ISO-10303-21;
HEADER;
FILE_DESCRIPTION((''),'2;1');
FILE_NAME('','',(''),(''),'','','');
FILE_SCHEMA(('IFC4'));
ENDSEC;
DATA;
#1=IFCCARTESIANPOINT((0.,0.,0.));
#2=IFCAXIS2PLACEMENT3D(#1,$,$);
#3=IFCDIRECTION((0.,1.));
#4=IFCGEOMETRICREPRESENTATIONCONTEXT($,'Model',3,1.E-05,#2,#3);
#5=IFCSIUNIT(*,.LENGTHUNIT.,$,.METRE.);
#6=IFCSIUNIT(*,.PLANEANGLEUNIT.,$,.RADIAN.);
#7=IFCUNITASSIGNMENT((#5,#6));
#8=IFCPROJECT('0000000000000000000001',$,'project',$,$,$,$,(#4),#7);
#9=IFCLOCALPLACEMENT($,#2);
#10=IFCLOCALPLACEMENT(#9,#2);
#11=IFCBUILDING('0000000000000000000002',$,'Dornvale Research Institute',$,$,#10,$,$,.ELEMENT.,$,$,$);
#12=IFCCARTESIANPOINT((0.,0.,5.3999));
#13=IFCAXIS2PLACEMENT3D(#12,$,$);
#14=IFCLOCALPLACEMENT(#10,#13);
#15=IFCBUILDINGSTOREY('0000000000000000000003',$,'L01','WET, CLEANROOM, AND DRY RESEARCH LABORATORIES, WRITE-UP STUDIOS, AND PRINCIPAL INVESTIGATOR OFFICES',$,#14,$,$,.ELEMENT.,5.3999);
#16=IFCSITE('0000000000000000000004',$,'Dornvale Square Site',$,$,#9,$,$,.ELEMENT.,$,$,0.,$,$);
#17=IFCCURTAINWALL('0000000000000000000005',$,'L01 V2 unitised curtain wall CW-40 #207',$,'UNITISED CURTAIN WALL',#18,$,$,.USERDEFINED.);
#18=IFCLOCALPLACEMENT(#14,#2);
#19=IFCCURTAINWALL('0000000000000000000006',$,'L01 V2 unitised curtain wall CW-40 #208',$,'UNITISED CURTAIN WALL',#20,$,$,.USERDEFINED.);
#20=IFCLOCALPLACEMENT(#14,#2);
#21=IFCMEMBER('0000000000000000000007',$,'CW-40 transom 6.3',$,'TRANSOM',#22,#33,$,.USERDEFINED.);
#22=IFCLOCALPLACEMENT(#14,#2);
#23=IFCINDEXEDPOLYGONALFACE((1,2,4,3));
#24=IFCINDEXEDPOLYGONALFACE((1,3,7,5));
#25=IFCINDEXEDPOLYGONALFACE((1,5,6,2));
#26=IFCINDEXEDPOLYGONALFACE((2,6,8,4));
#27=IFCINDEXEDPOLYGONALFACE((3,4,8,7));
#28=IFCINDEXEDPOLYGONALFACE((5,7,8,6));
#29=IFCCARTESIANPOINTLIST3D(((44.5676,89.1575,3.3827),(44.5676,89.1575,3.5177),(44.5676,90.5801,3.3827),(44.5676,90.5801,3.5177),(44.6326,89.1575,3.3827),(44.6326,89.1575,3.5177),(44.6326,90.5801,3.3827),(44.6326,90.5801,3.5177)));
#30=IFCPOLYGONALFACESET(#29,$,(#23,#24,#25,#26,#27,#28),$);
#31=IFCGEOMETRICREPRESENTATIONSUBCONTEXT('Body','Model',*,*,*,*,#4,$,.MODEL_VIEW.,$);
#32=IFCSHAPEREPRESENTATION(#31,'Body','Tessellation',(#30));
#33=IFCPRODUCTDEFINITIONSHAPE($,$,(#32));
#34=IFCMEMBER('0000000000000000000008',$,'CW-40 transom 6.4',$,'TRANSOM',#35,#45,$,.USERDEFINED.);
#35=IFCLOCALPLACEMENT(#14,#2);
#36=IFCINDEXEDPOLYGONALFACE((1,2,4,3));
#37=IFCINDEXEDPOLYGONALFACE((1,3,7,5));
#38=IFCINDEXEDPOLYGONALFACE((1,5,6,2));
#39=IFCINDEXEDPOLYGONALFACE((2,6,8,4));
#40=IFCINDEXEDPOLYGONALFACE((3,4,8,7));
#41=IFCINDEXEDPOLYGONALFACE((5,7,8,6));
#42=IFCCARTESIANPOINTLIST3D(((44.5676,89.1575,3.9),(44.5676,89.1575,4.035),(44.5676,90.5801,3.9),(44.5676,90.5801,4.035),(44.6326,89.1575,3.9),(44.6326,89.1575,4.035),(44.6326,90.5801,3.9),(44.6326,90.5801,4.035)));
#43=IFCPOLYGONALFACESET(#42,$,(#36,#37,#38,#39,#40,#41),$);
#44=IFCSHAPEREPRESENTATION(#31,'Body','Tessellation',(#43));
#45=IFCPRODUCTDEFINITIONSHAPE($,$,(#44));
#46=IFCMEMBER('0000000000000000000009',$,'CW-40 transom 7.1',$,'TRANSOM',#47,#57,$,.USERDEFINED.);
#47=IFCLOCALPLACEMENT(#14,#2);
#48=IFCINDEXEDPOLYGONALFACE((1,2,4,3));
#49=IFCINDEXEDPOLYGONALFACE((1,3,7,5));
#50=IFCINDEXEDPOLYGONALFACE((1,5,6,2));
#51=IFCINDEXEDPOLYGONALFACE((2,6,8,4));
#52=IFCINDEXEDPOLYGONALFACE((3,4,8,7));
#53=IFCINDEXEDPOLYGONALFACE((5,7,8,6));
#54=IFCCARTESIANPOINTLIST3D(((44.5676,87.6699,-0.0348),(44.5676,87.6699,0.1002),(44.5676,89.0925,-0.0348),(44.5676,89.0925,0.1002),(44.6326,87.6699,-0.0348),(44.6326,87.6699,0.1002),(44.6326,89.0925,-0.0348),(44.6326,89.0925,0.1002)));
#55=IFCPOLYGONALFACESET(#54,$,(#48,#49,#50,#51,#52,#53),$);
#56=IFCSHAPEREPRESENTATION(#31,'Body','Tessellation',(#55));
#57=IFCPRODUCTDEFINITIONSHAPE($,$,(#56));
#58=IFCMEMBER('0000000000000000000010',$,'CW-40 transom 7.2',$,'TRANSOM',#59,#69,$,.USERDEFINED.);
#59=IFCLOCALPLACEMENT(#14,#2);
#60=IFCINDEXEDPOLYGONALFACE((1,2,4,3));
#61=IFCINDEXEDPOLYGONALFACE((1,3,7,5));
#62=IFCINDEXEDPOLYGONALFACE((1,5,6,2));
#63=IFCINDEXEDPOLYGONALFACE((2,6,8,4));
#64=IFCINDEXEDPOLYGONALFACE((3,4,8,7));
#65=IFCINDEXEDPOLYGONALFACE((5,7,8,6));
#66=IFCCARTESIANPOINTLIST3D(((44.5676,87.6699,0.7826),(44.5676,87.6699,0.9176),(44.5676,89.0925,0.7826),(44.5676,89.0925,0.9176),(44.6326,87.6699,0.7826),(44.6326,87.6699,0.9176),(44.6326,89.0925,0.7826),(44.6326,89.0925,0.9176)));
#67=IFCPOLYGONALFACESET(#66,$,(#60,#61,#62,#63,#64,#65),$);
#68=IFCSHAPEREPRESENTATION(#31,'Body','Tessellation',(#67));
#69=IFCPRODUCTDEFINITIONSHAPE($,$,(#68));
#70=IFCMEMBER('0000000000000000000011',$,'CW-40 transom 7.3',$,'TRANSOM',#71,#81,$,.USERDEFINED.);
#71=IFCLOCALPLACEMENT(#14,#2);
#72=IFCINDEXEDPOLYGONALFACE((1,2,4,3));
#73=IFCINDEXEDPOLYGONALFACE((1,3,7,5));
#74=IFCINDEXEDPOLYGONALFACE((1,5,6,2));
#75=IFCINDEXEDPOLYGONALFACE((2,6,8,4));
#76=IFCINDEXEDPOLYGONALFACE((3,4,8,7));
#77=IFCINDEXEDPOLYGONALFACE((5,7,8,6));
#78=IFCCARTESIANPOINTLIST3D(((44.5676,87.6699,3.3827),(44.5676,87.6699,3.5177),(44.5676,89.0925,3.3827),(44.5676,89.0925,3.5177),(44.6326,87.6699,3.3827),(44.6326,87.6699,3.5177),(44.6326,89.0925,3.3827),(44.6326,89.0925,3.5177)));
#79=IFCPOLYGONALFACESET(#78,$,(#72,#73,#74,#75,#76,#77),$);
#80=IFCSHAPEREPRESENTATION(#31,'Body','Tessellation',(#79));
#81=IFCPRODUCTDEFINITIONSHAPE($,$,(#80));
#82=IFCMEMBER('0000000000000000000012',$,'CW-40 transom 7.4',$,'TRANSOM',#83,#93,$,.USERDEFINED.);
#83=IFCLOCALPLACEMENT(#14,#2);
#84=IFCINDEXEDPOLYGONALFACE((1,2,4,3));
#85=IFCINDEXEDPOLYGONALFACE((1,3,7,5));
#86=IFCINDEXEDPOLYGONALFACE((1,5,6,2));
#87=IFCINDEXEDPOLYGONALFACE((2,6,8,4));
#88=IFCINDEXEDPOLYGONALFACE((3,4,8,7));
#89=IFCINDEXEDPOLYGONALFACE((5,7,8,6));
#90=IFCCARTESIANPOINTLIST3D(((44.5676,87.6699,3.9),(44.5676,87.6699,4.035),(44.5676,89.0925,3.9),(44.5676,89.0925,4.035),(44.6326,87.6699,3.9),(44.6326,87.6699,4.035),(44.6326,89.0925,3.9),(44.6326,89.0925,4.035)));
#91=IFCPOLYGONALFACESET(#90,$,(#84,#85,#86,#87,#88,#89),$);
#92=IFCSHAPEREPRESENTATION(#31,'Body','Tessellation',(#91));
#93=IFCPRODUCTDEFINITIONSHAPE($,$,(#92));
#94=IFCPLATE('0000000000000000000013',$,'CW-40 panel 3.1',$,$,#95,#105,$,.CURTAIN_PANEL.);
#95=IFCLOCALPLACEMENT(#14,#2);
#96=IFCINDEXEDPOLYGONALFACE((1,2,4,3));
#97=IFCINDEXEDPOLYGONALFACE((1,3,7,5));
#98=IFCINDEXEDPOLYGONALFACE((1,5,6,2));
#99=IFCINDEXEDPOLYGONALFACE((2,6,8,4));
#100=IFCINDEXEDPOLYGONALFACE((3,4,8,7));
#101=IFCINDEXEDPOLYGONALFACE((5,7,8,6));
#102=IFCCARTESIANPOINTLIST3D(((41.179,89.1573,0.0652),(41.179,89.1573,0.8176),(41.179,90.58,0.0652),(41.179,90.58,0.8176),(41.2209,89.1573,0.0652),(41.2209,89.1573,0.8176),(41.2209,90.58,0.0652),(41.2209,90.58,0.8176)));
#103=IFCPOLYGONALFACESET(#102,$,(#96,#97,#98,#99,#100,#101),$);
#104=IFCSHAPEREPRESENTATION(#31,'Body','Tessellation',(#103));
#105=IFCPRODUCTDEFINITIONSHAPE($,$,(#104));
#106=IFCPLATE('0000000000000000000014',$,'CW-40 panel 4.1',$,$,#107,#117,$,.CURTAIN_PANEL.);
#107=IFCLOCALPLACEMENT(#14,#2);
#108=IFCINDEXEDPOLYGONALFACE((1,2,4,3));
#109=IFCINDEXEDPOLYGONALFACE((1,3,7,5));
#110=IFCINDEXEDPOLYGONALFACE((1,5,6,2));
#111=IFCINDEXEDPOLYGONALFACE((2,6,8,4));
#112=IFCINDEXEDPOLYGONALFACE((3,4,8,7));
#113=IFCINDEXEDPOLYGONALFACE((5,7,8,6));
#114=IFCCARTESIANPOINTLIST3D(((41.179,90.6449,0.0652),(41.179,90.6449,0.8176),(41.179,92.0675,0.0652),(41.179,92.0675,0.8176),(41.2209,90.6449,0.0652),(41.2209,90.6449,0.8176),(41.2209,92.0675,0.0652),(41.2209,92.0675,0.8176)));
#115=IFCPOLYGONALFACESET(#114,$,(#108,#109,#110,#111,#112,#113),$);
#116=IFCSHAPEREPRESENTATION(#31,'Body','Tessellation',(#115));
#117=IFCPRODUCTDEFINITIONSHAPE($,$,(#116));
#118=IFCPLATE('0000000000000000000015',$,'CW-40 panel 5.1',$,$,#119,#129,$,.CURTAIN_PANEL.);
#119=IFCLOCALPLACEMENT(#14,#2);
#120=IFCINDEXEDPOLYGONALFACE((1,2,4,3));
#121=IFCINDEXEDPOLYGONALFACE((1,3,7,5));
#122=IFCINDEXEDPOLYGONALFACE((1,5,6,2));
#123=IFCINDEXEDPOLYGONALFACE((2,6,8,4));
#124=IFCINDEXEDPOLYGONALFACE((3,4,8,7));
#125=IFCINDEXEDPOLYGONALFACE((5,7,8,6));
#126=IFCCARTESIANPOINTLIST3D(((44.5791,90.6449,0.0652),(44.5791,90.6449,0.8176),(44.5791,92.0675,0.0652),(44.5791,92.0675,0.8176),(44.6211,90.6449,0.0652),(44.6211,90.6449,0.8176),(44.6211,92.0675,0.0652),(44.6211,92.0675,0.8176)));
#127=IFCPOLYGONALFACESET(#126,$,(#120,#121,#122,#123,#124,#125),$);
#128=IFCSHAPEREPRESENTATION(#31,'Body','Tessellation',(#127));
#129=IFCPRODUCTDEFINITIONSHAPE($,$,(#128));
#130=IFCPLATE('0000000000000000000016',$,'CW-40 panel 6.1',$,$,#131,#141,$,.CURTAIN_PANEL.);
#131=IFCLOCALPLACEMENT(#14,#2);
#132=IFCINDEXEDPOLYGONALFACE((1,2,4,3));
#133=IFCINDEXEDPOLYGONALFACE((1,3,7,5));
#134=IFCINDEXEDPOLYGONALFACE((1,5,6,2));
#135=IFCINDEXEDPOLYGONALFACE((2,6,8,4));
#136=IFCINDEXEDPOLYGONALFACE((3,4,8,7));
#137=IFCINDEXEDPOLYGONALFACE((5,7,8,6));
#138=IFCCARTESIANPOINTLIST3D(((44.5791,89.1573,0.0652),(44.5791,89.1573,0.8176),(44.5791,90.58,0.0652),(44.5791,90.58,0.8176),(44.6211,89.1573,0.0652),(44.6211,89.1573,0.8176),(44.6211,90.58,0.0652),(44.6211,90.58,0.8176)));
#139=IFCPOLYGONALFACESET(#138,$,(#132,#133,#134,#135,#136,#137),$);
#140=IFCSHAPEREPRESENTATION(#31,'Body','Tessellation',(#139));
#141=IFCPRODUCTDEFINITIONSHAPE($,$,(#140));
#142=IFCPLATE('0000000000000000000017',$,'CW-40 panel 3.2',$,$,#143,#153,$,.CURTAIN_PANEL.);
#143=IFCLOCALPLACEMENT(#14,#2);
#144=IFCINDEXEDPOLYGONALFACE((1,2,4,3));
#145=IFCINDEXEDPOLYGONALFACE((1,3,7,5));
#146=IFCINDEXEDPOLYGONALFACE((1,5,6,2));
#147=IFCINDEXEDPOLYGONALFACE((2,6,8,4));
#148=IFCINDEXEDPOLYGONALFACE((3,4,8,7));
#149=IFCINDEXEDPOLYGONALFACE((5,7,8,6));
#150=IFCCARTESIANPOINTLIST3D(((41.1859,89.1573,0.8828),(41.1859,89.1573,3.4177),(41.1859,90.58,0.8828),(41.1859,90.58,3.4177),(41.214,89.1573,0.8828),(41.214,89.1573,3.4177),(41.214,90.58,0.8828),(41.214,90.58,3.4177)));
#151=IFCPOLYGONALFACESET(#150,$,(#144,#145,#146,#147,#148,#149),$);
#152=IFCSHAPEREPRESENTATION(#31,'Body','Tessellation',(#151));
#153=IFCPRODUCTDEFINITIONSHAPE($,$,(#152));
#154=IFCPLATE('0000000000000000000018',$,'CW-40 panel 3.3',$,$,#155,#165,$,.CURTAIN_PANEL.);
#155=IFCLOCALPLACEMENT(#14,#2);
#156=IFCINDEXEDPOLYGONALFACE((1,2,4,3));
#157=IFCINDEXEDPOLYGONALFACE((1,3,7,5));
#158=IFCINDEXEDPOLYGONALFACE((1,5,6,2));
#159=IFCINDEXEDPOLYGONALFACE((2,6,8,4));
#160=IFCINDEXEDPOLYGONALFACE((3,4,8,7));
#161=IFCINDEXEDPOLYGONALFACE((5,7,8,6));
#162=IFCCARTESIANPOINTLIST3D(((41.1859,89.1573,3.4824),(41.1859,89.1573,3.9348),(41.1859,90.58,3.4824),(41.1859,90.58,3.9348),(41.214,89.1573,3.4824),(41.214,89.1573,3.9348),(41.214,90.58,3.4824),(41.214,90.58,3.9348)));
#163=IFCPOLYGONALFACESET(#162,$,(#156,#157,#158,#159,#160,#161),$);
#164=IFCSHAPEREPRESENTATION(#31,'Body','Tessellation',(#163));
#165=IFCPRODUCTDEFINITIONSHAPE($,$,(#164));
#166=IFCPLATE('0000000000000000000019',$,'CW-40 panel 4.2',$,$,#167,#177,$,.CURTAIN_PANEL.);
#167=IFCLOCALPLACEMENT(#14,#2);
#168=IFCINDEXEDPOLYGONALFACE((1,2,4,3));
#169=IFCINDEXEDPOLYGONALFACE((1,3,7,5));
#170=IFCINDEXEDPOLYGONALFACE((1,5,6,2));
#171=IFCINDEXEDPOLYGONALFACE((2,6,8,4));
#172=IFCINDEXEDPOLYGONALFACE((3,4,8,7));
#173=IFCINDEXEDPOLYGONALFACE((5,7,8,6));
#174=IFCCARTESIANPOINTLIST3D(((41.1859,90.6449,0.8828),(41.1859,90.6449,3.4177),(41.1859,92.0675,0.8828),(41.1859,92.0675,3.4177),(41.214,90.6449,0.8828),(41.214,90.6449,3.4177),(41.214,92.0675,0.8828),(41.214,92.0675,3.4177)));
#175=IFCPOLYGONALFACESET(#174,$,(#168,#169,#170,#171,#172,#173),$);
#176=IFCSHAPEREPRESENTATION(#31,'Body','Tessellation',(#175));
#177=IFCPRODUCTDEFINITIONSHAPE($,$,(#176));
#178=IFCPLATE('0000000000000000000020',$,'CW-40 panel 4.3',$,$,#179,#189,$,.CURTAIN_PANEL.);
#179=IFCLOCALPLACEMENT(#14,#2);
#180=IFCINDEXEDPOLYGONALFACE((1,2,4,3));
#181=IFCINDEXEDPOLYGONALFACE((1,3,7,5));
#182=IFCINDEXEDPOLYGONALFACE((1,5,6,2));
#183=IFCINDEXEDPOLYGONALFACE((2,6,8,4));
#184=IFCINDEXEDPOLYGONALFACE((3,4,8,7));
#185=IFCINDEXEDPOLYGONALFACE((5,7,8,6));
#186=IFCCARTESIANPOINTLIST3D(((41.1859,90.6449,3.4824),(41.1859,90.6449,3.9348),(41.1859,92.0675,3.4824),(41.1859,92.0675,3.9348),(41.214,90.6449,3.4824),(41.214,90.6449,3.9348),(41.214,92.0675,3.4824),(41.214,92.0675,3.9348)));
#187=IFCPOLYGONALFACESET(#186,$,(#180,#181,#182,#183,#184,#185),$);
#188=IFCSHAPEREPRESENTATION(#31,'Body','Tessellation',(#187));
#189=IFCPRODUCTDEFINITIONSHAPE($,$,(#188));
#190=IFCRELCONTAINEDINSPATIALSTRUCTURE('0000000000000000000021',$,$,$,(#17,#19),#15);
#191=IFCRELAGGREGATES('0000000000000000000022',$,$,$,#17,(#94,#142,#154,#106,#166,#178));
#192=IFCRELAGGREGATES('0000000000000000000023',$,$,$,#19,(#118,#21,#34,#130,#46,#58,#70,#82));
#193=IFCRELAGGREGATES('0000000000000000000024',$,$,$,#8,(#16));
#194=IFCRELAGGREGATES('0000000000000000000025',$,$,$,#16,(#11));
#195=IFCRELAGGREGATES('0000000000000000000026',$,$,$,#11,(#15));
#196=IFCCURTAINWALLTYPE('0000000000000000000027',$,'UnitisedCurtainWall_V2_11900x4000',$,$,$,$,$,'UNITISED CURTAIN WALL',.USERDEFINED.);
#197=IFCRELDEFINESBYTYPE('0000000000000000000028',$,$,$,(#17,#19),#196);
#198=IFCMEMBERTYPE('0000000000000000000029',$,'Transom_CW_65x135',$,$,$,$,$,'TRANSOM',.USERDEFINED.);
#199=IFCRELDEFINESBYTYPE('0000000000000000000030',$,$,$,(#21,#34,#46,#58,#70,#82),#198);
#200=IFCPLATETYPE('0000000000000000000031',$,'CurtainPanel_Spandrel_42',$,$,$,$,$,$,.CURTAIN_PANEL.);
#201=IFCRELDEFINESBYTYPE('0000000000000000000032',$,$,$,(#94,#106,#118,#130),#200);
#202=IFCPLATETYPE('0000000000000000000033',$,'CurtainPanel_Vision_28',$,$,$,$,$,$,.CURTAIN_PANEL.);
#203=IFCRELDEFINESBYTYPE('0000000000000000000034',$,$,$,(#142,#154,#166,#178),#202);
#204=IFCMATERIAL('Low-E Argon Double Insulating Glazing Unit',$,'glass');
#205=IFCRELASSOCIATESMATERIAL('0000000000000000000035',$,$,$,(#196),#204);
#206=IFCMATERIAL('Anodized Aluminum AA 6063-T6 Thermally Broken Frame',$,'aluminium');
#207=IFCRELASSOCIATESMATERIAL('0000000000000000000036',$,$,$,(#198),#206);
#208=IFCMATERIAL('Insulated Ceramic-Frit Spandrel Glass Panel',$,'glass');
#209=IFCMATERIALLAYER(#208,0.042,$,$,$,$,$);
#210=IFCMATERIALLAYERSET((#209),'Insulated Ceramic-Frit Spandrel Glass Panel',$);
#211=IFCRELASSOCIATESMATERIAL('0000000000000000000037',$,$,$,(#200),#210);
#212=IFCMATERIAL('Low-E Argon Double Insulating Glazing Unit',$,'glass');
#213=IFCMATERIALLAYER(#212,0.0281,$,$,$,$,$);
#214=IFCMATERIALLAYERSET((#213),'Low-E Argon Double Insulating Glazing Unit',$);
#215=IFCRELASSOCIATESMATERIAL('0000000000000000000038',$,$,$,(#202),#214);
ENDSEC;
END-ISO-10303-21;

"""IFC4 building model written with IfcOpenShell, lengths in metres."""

from ifc_helpers import new_model, si_unit, direction, frame, origin, origin_2d, place, context, subcontext, project, spatial, rectangle, extrude, material, layer, layer_set, material_profile, profile_set, type_object, element, aggregate, save


model = new_model("IFC4")

# Units and contexts
model_context = context("Model", 3, precision=1e-05, world=origin(), true_north=direction((0.0, 1.0)))
body_context = subcontext(model_context, "Body", "Model", "MODEL_VIEW")
ifc_project = project(units=[si_unit("LENGTHUNIT", "METRE"), si_unit("PLANEANGLEUNIT", "RADIAN")], contexts=[model_context])

# Site, building, storey
site_placement = place(None, origin())
site = spatial("IfcSite", under=ifc_project, at=site_placement, Name="Dornvale Square Site", CompositionType="ELEMENT", RefElevation=0.0)
building_placement = place(site_placement, origin())
building = spatial("IfcBuilding", under=site, at=building_placement, Name="Dornvale Research Institute", CompositionType="ELEMENT")
storey_placement = place(building_placement, frame((0.0, 0.0, 5.3999)))
storey = spatial("IfcBuildingStorey", under=building, at=storey_placement, Name="L01", Description="WET, CLEANROOM, AND DRY RESEARCH LABORATORIES, WRITE-UP STUDIOS, AND PRINCIPAL INVESTIGATOR OFFICES", CompositionType="ELEMENT", Elevation=5.3999)

# Curtain walls
ifc_material_1 = material(Name="Low-E Argon Double Insulating Glazing Unit", Category="glass")
curtain_wall_type = type_object("IfcCurtainWallType", Name="UnitisedCurtainWall_V2_11900x4000", ElementType="UNITISED CURTAIN WALL", PredefinedType="USERDEFINED", material=ifc_material_1)
curtain_wall_1_placement = place(storey_placement, origin())
curtain_wall_1 = element("IfcCurtainWall", 1, at=curtain_wall_1_placement, inside=storey, type_object=curtain_wall_type, Name="L01 V2 unitised curtain wall CW-40 #207", ObjectType="UNITISED CURTAIN WALL", PredefinedType="USERDEFINED")
curtain_wall_2_placement = place(storey_placement, origin())
curtain_wall_2 = element("IfcCurtainWall", 2, at=curtain_wall_2_placement, inside=storey, type_object=curtain_wall_type, Name="L01 V2 unitised curtain wall CW-40 #208", ObjectType="UNITISED CURTAIN WALL", PredefinedType="USERDEFINED")

# Members
ifc_material_2 = material(Name="Anodized Aluminum AA 6063-T6 Thermally Broken Frame", Category="aluminium")
ifc_material_profile_1 = material_profile(ifc_material_2, rectangle(XDim=0.0649, YDim=0.135, at=origin_2d()), Name="ALU TRANSOM 65x135")
ifc_profile_set_1 = profile_set([ifc_material_profile_1], Name="Anodized Aluminum AA 6063-T6 Thermally Broken Frame")
member_type_1 = type_object("IfcMemberType", Name="Transom_CW_65x135", ElementType="TRANSOM", PredefinedType="USERDEFINED", material=ifc_profile_set_1)
member_1_placement = place(storey_placement, frame((44.6001, 90.5801, 3.4502), z_axis=(0.0, -1.0, 0.0), x_axis=(1.0, 0.0, 0.0)))
member_1 = element("IfcMember", 3, at=member_1_placement, type_object=member_type_1, Name="CW-40 transom 6.3", ObjectType="TRANSOM", PredefinedType="USERDEFINED", context=body_context, shape_type="SweptSolid", body=[
    extrude(rectangle(XDim=0.0649, YDim=0.135, at=origin_2d()), origin(), (0.0, 0.0, 1.0), 1.4226),
])
member_2_placement = place(storey_placement, frame((44.6001, 90.5801, 3.9675), z_axis=(0.0, -1.0, 0.0), x_axis=(1.0, 0.0, 0.0)))
member_2 = element("IfcMember", 4, at=member_2_placement, type_object=member_type_1, Name="CW-40 transom 6.4", ObjectType="TRANSOM", PredefinedType="USERDEFINED", context=body_context, shape_type="SweptSolid", body=[
    extrude(rectangle(XDim=0.0649, YDim=0.135, at=origin_2d()), origin(), (0.0, 0.0, 1.0), 1.4226),
])
member_3_placement = place(storey_placement, frame((44.6001, 89.0925, 0.0327), z_axis=(0.0, -1.0, 0.0), x_axis=(1.0, 0.0, 0.0)))
member_3 = element("IfcMember", 5, at=member_3_placement, type_object=member_type_1, Name="CW-40 transom 7.1", ObjectType="TRANSOM", PredefinedType="USERDEFINED", context=body_context, shape_type="SweptSolid", body=[
    extrude(rectangle(XDim=0.0649, YDim=0.135, at=origin_2d()), origin(), (0.0, 0.0, 1.0), 1.4226),
])
member_4_placement = place(storey_placement, frame((44.6001, 89.0925, 0.8501), z_axis=(0.0, -1.0, 0.0), x_axis=(1.0, 0.0, 0.0)))
member_4 = element("IfcMember", 6, at=member_4_placement, type_object=member_type_1, Name="CW-40 transom 7.2", ObjectType="TRANSOM", PredefinedType="USERDEFINED", context=body_context, shape_type="SweptSolid", body=[
    extrude(rectangle(XDim=0.0649, YDim=0.135, at=origin_2d()), origin(), (0.0, 0.0, 1.0), 1.4226),
])
member_5_placement = place(storey_placement, frame((44.6001, 89.0925, 3.4502), z_axis=(0.0, -1.0, 0.0), x_axis=(1.0, 0.0, 0.0)))
member_5 = element("IfcMember", 7, at=member_5_placement, type_object=member_type_1, Name="CW-40 transom 7.3", ObjectType="TRANSOM", PredefinedType="USERDEFINED", context=body_context, shape_type="SweptSolid", body=[
    extrude(rectangle(XDim=0.0649, YDim=0.135, at=origin_2d()), origin(), (0.0, 0.0, 1.0), 1.4226),
])
member_6_placement = place(storey_placement, frame((44.6001, 89.0925, 3.9675), z_axis=(0.0, -1.0, 0.0), x_axis=(1.0, 0.0, 0.0)))
member_6 = element("IfcMember", 8, at=member_6_placement, type_object=member_type_1, Name="CW-40 transom 7.4", ObjectType="TRANSOM", PredefinedType="USERDEFINED", context=body_context, shape_type="SweptSolid", body=[
    extrude(rectangle(XDim=0.0649, YDim=0.135, at=origin_2d()), origin(), (0.0, 0.0, 1.0), 1.4226),
])

# Plates
ifc_material_3 = material(Name="Insulated Ceramic-Frit Spandrel Glass Panel", Category="glass")
ifc_layer_1 = layer(ifc_material_3, 0.042)
ifc_layer_set_1 = layer_set([ifc_layer_1], Name="Insulated Ceramic-Frit Spandrel Glass Panel")
plate_type_1 = type_object("IfcPlateType", Name="CurtainPanel_Spandrel_42", PredefinedType="CURTAIN_PANEL", material=ifc_layer_set_1)
plate_1_placement = place(storey_placement, frame((41.2, 89.8687, 0.0652), z_axis=(0.0, 0.0, 1.0), x_axis=(0.0, 1.0, 0.0)))
plate_1 = element("IfcPlate", 9, at=plate_1_placement, type_object=plate_type_1, Name="CW-40 panel 3.1", PredefinedType="CURTAIN_PANEL", context=body_context, shape_type="SweptSolid", body=[
    extrude(rectangle(XDim=1.4226, YDim=0.042, at=origin_2d()), origin(), (0.0, 0.0, 1.0), 0.7524),
])
plate_2_placement = place(storey_placement, frame((41.2, 91.3562, 0.0652), z_axis=(0.0, 0.0, 1.0), x_axis=(0.0, 1.0, 0.0)))
plate_2 = element("IfcPlate", 10, at=plate_2_placement, type_object=plate_type_1, Name="CW-40 panel 4.1", PredefinedType="CURTAIN_PANEL", context=body_context, shape_type="SweptSolid", body=[
    extrude(rectangle(XDim=1.4226, YDim=0.042, at=origin_2d()), origin(), (0.0, 0.0, 1.0), 0.7524),
])
plate_3_placement = place(storey_placement, frame((44.6001, 91.3562, 0.0652), z_axis=(0.0, 0.0, 1.0), x_axis=(0.0, -1.0, 0.0)))
plate_3 = element("IfcPlate", 11, at=plate_3_placement, type_object=plate_type_1, Name="CW-40 panel 5.1", PredefinedType="CURTAIN_PANEL", context=body_context, shape_type="SweptSolid", body=[
    extrude(rectangle(XDim=1.4226, YDim=0.042, at=origin_2d()), origin(), (0.0, 0.0, 1.0), 0.7524),
])
plate_4_placement = place(storey_placement, frame((44.6001, 89.8687, 0.0652), z_axis=(0.0, 0.0, 1.0), x_axis=(0.0, -1.0, 0.0)))
plate_4 = element("IfcPlate", 12, at=plate_4_placement, type_object=plate_type_1, Name="CW-40 panel 6.1", PredefinedType="CURTAIN_PANEL", context=body_context, shape_type="SweptSolid", body=[
    extrude(rectangle(XDim=1.4226, YDim=0.042, at=origin_2d()), origin(), (0.0, 0.0, 1.0), 0.7524),
])
ifc_material_4 = material(Name="Low-E Argon Double Insulating Glazing Unit", Category="glass")
ifc_layer_2 = layer(ifc_material_4, 0.0281)
ifc_layer_set_2 = layer_set([ifc_layer_2], Name="Low-E Argon Double Insulating Glazing Unit")
plate_type_2 = type_object("IfcPlateType", Name="CurtainPanel_Vision_28", PredefinedType="CURTAIN_PANEL", material=ifc_layer_set_2)
plate_5_placement = place(storey_placement, frame((41.2, 89.8687, 0.8828), z_axis=(0.0, 0.0, 1.0), x_axis=(0.0, 1.0, 0.0)))
plate_5 = element("IfcPlate", 13, at=plate_5_placement, type_object=plate_type_2, Name="CW-40 panel 3.2", PredefinedType="CURTAIN_PANEL", context=body_context, shape_type="SweptSolid", body=[
    extrude(rectangle(XDim=1.4226, YDim=0.0281, at=origin_2d()), origin(), (0.0, 0.0, 1.0), 2.5349),
])
plate_6_placement = place(storey_placement, frame((41.2, 89.8687, 3.4824), z_axis=(0.0, 0.0, 1.0), x_axis=(0.0, 1.0, 0.0)))
plate_6 = element("IfcPlate", 14, at=plate_6_placement, type_object=plate_type_2, Name="CW-40 panel 3.3", PredefinedType="CURTAIN_PANEL", context=body_context, shape_type="SweptSolid", body=[
    extrude(rectangle(XDim=1.4226, YDim=0.0281, at=origin_2d()), origin(), (0.0, 0.0, 1.0), 0.4524),
])
plate_7_placement = place(storey_placement, frame((41.2, 91.3562, 0.8828), z_axis=(0.0, 0.0, 1.0), x_axis=(0.0, 1.0, 0.0)))
plate_7 = element("IfcPlate", 15, at=plate_7_placement, type_object=plate_type_2, Name="CW-40 panel 4.2", PredefinedType="CURTAIN_PANEL", context=body_context, shape_type="SweptSolid", body=[
    extrude(rectangle(XDim=1.4226, YDim=0.0281, at=origin_2d()), origin(), (0.0, 0.0, 1.0), 2.5349),
])
plate_8_placement = place(storey_placement, frame((41.2, 91.3562, 3.4824), z_axis=(0.0, 0.0, 1.0), x_axis=(0.0, 1.0, 0.0)))
plate_8 = element("IfcPlate", 16, at=plate_8_placement, type_object=plate_type_2, Name="CW-40 panel 4.3", PredefinedType="CURTAIN_PANEL", context=body_context, shape_type="SweptSolid", body=[
    extrude(rectangle(XDim=1.4226, YDim=0.0281, at=origin_2d()), origin(), (0.0, 0.0, 1.0), 0.4524),
])
aggregate(curtain_wall_1, [plate_1, plate_5, plate_6, plate_2, plate_7, plate_8])
aggregate(curtain_wall_2, [plate_3, member_1, member_2, plate_4, member_3, member_4, member_5, member_6])

save(model, "model.ifc")
